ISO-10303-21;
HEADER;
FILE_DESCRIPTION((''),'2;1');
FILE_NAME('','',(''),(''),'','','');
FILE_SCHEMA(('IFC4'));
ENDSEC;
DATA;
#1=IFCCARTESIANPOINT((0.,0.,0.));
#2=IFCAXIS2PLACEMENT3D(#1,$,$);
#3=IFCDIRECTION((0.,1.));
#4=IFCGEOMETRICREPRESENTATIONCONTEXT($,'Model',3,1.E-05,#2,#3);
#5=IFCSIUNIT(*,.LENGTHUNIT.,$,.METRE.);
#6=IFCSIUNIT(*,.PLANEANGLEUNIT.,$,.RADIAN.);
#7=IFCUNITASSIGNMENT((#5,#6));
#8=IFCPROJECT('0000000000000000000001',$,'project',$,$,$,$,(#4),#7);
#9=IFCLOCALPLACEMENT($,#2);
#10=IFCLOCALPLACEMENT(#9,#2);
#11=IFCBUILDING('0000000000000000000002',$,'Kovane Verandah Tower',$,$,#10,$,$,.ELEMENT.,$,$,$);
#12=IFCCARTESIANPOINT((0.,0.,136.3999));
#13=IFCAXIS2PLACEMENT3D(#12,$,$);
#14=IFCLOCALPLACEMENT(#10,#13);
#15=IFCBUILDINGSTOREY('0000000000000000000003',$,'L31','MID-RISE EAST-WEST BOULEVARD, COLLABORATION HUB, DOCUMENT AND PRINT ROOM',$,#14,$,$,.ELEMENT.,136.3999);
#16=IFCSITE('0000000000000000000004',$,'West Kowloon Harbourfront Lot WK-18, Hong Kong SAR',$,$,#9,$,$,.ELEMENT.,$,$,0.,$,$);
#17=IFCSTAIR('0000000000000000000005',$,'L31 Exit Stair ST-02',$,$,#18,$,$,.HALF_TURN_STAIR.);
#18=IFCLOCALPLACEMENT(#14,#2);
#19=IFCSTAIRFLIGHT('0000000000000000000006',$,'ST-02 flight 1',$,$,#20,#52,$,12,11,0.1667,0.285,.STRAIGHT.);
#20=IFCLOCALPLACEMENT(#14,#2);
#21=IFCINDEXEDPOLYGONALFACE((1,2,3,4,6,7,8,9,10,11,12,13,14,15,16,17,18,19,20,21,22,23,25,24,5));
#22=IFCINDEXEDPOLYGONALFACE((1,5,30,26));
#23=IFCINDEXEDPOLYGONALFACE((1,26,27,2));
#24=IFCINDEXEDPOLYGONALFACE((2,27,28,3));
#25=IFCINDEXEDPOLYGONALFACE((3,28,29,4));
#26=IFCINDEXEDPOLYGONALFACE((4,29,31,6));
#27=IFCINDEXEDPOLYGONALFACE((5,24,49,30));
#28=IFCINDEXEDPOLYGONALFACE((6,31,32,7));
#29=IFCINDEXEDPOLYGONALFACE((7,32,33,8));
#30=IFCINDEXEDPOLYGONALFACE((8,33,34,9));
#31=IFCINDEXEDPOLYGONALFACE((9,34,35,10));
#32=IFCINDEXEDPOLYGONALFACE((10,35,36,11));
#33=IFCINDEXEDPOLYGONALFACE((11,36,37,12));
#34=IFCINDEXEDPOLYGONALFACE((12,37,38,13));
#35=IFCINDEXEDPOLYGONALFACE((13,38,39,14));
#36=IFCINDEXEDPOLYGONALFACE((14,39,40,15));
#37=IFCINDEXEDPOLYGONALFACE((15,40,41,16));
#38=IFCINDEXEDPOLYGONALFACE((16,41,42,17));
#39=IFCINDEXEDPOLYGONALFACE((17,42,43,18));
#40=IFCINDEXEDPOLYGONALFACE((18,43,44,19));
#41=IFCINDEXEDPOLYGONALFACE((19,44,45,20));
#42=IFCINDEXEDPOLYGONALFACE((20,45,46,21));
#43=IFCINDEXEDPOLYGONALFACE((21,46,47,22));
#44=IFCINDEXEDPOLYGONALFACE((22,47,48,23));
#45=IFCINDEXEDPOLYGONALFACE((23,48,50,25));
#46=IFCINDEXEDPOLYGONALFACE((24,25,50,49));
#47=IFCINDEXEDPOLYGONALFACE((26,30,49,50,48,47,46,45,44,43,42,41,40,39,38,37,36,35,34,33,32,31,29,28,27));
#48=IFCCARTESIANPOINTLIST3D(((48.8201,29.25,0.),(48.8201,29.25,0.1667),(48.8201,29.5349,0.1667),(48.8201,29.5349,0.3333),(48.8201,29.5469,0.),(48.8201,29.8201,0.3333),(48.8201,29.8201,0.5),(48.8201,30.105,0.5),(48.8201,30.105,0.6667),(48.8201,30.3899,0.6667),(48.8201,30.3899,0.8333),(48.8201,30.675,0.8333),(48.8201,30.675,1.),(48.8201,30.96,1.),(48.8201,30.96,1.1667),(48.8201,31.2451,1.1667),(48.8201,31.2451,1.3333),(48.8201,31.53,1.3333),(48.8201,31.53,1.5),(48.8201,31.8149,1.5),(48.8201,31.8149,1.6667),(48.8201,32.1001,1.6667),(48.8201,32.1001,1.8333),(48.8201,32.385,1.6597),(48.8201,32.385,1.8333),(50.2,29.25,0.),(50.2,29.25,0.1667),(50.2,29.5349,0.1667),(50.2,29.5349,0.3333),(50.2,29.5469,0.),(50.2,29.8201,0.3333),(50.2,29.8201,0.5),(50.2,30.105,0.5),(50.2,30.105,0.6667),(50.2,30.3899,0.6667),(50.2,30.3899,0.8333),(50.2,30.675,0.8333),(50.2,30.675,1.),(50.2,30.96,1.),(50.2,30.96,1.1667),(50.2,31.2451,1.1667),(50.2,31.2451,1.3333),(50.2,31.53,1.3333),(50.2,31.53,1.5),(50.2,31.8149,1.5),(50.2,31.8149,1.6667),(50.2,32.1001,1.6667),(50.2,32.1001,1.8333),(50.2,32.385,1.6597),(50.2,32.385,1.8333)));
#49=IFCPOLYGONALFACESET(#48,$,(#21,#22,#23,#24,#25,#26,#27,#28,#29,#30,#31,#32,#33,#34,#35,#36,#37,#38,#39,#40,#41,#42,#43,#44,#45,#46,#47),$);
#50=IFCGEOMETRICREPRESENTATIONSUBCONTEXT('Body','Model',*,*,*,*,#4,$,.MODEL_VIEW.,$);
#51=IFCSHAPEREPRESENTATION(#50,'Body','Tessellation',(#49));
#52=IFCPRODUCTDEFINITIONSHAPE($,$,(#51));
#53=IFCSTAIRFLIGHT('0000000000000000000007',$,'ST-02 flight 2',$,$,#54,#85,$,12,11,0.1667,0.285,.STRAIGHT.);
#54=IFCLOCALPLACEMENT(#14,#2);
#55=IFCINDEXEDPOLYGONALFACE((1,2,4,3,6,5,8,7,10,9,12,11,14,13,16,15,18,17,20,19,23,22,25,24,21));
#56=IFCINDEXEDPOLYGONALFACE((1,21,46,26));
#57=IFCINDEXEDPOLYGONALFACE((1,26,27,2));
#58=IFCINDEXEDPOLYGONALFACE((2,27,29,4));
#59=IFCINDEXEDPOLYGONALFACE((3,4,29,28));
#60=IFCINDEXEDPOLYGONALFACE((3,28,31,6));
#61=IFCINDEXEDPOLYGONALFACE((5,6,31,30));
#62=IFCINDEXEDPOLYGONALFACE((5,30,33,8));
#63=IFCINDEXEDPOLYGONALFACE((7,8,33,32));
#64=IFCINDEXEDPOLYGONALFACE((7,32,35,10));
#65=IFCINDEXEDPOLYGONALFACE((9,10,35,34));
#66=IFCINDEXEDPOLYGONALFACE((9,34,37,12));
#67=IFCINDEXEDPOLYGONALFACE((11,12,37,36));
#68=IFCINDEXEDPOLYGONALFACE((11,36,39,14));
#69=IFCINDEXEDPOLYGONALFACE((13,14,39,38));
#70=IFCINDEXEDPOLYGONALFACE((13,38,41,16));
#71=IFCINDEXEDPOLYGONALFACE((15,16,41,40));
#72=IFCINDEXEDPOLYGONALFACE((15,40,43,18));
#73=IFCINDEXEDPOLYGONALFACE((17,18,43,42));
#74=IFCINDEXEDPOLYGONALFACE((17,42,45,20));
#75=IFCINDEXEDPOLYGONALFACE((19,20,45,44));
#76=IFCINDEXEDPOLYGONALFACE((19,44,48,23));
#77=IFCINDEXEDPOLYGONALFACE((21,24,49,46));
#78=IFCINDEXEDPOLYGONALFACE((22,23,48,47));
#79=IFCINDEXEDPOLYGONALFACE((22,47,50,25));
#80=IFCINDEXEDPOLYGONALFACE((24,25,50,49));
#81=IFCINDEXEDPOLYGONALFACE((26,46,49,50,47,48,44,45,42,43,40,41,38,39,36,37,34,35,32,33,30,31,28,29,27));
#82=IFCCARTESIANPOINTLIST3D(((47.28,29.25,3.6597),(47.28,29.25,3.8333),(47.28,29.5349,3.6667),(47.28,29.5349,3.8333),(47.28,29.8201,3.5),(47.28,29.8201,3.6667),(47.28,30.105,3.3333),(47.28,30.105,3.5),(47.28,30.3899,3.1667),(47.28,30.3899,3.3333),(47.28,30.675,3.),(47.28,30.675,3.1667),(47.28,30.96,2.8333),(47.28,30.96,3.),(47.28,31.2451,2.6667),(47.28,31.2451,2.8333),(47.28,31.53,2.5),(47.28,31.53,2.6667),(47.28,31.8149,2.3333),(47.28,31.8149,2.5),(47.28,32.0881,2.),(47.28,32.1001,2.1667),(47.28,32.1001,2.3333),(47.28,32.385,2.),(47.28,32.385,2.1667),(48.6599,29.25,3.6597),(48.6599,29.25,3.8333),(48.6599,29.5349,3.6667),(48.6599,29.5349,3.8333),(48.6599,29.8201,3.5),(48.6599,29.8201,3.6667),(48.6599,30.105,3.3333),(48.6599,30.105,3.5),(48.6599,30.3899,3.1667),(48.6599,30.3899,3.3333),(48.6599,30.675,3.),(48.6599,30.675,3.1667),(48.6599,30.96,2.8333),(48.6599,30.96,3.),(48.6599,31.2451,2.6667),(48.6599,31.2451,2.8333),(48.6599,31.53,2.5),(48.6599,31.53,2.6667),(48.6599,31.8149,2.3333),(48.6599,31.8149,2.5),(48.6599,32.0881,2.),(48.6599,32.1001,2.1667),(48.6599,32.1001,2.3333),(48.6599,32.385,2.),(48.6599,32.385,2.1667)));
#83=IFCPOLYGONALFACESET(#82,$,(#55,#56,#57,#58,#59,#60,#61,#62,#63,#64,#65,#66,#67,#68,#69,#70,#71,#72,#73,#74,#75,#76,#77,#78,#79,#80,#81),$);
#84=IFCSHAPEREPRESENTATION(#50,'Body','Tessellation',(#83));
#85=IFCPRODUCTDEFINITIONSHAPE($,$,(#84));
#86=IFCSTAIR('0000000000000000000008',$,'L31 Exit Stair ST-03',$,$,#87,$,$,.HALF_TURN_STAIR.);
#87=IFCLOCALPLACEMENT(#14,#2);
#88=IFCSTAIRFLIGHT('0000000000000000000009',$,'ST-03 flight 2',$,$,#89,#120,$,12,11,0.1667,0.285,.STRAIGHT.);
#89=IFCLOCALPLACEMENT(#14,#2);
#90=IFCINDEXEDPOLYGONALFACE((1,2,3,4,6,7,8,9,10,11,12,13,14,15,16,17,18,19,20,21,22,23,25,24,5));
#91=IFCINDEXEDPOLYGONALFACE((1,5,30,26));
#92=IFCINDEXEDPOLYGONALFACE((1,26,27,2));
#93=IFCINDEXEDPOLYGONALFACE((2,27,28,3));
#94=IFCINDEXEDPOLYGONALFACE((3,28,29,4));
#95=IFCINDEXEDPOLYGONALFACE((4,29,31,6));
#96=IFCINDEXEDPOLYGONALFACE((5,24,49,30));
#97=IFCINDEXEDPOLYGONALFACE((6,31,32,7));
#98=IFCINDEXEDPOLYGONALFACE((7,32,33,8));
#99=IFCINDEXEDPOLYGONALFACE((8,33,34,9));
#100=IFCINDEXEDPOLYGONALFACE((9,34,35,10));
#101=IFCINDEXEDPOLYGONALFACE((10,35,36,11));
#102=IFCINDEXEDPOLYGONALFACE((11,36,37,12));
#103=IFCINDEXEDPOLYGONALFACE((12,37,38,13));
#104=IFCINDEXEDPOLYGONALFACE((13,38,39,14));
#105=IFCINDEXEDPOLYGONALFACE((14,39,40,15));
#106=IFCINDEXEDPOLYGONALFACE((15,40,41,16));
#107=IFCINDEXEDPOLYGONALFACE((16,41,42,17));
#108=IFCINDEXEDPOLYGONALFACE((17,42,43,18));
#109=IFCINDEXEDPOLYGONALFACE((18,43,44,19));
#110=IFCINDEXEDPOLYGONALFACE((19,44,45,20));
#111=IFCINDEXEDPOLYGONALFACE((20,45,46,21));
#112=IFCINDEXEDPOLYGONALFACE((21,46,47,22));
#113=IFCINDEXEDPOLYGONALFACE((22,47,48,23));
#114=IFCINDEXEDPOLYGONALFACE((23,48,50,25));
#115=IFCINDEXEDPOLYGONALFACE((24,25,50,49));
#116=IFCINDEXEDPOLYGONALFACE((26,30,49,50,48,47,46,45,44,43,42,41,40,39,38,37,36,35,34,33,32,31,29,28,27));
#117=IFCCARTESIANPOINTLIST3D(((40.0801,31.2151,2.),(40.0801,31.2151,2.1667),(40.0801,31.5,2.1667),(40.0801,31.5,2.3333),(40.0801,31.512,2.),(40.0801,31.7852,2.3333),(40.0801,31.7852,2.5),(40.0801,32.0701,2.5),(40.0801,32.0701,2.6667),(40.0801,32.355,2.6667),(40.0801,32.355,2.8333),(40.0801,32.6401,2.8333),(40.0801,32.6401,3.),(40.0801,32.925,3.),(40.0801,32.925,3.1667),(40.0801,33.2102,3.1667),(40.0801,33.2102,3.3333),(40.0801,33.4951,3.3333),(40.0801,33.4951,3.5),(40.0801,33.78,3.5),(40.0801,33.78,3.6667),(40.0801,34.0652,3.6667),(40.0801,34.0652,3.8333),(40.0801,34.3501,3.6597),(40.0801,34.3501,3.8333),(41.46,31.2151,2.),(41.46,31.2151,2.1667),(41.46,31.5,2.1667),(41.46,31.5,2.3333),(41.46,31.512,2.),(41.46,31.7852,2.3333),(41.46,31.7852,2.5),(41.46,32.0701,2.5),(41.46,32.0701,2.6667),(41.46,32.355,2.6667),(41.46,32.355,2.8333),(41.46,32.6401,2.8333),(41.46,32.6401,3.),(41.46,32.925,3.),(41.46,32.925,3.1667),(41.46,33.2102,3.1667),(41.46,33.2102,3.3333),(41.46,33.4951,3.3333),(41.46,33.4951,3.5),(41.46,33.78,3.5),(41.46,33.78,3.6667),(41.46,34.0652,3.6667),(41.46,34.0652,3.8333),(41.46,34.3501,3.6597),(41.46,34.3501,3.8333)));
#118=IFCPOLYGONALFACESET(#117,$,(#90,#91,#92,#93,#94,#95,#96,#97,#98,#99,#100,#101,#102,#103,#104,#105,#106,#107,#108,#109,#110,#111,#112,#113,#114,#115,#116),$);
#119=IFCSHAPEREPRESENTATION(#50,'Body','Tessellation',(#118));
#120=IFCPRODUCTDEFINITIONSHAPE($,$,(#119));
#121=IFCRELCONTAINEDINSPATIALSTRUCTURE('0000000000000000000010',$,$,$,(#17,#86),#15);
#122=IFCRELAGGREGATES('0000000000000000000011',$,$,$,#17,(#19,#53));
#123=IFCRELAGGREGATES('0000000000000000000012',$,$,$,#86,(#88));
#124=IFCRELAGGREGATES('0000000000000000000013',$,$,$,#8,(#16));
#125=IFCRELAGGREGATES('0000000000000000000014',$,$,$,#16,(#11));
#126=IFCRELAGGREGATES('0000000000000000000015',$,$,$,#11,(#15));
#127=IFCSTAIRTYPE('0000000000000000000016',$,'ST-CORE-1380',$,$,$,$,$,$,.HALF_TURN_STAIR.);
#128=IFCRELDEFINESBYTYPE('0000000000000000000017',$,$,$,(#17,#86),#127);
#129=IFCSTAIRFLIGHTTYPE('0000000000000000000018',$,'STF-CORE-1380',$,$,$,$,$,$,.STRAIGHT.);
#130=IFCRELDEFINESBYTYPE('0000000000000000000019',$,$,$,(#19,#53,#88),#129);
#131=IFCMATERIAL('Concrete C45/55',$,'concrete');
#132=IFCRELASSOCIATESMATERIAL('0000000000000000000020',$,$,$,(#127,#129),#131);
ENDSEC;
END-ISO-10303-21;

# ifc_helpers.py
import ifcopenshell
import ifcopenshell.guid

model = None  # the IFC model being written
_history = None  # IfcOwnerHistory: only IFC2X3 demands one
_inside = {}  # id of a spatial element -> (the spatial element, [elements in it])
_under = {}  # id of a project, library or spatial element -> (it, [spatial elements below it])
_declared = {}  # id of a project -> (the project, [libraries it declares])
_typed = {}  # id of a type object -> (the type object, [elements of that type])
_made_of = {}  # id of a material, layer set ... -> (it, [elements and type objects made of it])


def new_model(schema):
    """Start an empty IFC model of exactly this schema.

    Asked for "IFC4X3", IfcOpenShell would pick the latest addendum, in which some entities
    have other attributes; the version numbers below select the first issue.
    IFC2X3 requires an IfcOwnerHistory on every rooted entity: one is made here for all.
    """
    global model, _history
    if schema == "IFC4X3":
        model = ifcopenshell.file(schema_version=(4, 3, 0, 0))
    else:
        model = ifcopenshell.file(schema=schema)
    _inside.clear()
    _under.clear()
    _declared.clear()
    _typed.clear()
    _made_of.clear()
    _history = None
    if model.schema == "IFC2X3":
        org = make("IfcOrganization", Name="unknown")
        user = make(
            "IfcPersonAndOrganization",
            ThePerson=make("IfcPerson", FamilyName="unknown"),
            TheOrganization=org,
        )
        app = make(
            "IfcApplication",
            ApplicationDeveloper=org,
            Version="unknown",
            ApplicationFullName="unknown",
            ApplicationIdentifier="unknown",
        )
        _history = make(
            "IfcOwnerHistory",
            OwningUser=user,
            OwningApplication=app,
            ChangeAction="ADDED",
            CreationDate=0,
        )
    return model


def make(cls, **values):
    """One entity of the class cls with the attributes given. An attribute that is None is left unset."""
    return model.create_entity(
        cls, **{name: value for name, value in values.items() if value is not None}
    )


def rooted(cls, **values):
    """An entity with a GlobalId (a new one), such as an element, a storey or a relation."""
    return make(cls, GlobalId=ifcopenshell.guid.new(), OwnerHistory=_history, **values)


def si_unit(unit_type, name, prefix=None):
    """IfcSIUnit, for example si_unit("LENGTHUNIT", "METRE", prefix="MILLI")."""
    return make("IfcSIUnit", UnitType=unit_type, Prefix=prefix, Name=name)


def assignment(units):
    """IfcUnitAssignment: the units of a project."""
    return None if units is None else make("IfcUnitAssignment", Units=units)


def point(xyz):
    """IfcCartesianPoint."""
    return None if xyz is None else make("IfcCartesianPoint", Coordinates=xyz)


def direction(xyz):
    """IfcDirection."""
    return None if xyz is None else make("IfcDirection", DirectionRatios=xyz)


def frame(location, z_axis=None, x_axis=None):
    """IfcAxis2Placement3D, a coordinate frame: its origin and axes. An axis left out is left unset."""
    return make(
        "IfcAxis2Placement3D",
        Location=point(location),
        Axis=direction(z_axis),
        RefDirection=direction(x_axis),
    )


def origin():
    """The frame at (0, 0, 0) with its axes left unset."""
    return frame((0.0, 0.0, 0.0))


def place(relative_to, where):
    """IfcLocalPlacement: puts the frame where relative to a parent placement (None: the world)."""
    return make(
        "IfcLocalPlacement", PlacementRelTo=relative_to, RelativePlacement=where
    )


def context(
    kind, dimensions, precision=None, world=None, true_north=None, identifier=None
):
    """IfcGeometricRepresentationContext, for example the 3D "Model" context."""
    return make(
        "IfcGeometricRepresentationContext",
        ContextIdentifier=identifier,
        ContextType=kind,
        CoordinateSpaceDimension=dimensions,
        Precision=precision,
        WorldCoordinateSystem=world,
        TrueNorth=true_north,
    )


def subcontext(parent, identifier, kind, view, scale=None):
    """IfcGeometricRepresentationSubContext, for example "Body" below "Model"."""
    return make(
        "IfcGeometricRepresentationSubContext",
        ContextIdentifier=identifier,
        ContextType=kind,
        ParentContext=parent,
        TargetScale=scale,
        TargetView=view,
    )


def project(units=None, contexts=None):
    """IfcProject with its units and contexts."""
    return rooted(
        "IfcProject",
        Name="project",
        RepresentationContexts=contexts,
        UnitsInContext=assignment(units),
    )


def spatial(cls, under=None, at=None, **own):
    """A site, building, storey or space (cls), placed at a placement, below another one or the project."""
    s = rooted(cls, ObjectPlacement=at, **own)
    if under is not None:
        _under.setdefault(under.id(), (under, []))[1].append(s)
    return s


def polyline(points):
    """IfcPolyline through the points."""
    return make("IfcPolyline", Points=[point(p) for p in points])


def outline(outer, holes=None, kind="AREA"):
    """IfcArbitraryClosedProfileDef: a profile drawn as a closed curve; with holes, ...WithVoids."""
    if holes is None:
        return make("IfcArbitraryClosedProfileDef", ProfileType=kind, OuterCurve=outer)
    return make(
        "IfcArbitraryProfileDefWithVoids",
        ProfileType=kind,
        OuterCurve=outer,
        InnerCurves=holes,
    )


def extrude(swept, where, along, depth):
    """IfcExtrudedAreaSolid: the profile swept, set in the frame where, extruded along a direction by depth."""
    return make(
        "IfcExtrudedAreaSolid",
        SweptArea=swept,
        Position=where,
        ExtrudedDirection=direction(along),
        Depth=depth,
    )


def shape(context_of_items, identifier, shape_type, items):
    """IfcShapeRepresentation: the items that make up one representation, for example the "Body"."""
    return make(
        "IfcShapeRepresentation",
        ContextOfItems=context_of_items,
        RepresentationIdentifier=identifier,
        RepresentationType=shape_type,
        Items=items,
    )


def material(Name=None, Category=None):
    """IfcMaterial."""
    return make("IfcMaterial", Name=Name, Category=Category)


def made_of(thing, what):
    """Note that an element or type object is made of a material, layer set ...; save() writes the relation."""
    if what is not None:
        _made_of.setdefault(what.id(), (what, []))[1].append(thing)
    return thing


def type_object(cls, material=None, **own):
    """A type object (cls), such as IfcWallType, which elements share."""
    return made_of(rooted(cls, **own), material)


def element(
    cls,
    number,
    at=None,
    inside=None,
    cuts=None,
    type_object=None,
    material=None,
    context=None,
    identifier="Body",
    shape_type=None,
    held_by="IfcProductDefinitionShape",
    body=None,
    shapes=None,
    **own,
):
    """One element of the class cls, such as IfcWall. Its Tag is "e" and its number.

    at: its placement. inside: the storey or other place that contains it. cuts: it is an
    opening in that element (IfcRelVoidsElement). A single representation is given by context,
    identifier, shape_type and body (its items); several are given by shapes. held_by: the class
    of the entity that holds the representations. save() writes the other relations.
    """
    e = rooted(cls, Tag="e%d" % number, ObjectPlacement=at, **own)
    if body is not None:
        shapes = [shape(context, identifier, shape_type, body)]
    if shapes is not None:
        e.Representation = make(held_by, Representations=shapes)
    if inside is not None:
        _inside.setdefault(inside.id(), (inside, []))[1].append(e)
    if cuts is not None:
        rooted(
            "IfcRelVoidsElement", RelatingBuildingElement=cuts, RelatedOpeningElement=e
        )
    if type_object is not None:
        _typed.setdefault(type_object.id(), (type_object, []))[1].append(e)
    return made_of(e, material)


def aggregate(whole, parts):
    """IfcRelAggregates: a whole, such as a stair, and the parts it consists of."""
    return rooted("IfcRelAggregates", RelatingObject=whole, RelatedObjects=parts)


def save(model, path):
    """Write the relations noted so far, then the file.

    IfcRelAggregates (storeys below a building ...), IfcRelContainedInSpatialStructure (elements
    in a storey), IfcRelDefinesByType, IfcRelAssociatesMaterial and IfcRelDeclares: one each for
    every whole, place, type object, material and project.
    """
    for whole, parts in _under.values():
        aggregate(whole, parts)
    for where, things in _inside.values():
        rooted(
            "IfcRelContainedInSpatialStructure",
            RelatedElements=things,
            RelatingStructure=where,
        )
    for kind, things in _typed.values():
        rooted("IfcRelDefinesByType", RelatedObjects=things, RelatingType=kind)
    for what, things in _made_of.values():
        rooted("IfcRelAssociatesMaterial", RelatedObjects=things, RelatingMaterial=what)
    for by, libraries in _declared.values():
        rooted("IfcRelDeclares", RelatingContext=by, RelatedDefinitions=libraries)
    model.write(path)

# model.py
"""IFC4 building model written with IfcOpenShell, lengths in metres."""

from ifc_helpers import new_model, si_unit, direction, frame, origin, place, context, subcontext, project, spatial, polyline, outline, extrude, material, type_object, element, aggregate, save


model = new_model("IFC4")

# Units and contexts
model_context = context("Model", 3, precision=1e-05, world=origin(), true_north=direction((0.0, 1.0)))
body_context = subcontext(model_context, "Body", "Model", "MODEL_VIEW")
ifc_project = project(units=[si_unit("LENGTHUNIT", "METRE"), si_unit("PLANEANGLEUNIT", "RADIAN")], contexts=[model_context])

# Site, building, storey
site_placement = place(None, origin())
site = spatial("IfcSite", under=ifc_project, at=site_placement, Name="West Kowloon Harbourfront Lot WK-18, Hong Kong SAR", CompositionType="ELEMENT", RefElevation=0.0)
building_placement = place(site_placement, origin())
building = spatial("IfcBuilding", under=site, at=building_placement, Name="Kovane Verandah Tower", CompositionType="ELEMENT")
storey_placement = place(building_placement, frame((0.0, 0.0, 136.3999)))
storey = spatial("IfcBuildingStorey", under=building, at=storey_placement, Name="L31", Description="MID-RISE EAST-WEST BOULEVARD, COLLABORATION HUB, DOCUMENT AND PRINT ROOM", CompositionType="ELEMENT", Elevation=136.3999)

# Shared definitions
ifc_material_1 = material(Name="Concrete C45/55", Category="concrete")

# Stair, stair flights
stair_type = type_object("IfcStairType", Name="ST-CORE-1380", PredefinedType="HALF_TURN_STAIR", material=ifc_material_1)
stair_1_placement = place(storey_placement, origin())
stair_1 = element("IfcStair", 1, at=stair_1_placement, inside=storey, type_object=stair_type, Name="L31 Exit Stair ST-02", PredefinedType="HALF_TURN_STAIR")
stair_flight_type = type_object("IfcStairFlightType", Name="STF-CORE-1380", PredefinedType="STRAIGHT", material=ifc_material_1)
stair_flight_1_placement = place(storey_placement, frame((49.51, 29.25, 0.0), z_axis=(0.0, 0.0, 1.0), x_axis=(0.0, 1.0, 0.0)))
stair_flight_1 = element("IfcStairFlight", 2, at=stair_flight_1_placement, type_object=stair_flight_type, Name="ST-02 flight 1", NumberOfRisers=12, NumberOfTreads=11, PredefinedType="STRAIGHT", RiserHeight=0.1667, TreadLength=0.285, context=body_context, shape_type="SweptSolid", body=[
    extrude(outline(polyline([(0.0, 0.0), (0.0, 0.1667), (0.2849, 0.1667), (0.2849, 0.3333), (0.5701, 0.3333), (0.5701, 0.5), (0.855, 0.5), (0.855, 0.6667), (1.1399, 0.6667), (1.1399, 0.8333), (1.425, 0.8333), (1.425, 1.0), (1.71, 1.0), (1.71, 1.1667), (1.9951, 1.1667), (1.9951, 1.3333), (2.28, 1.3333), (2.28, 1.5), (2.5649, 1.5), (2.5649, 1.6667), (2.8501, 1.6667), (2.8501, 1.8333), (3.135, 1.8333), (3.135, 2.0), (3.135, 1.6597), (0.2969, 0.0), (0.0, 0.0)])), frame((0.0, 0.6899, 0.0), z_axis=(0.0, -1.0, 0.0), x_axis=(1.0, 0.0, 0.0)), (0.0, 0.0, 1.0), 1.3799),
])
stair_flight_2_placement = place(storey_placement, frame((47.97, 32.385, 2.0), z_axis=(0.0, 0.0, 1.0), x_axis=(0.0, -1.0, 0.0)))
stair_flight_2 = element("IfcStairFlight", 3, at=stair_flight_2_placement, type_object=stair_flight_type, Name="ST-02 flight 2", NumberOfRisers=12, NumberOfTreads=11, PredefinedType="STRAIGHT", RiserHeight=0.1667, TreadLength=0.285, context=body_context, shape_type="SweptSolid", body=[
    extrude(outline(polyline([(0.0, 0.0), (0.0, 0.1667), (0.2849, 0.1667), (0.2849, 0.3333), (0.5701, 0.3333), (0.5701, 0.5), (0.855, 0.5), (0.855, 0.6667), (1.1399, 0.6667), (1.1399, 0.8333), (1.425, 0.8333), (1.425, 1.0), (1.71, 1.0), (1.71, 1.1667), (1.9951, 1.1667), (1.9951, 1.3333), (2.28, 1.3333), (2.28, 1.5), (2.5649, 1.5), (2.5649, 1.6667), (2.8501, 1.6667), (2.8501, 1.8333), (3.135, 1.8333), (3.135, 2.0), (3.135, 1.6597), (0.2969, 0.0), (0.0, 0.0)])), frame((0.0, 0.6899, 0.0), z_axis=(0.0, -1.0, 0.0), x_axis=(1.0, 0.0, 0.0)), (0.0, 0.0, 1.0), 1.3799),
])
aggregate(stair_1, [stair_flight_1, stair_flight_2])

# Stair, stair flight
stair_2_placement = place(storey_placement, origin())
stair_2 = element("IfcStair", 4, at=stair_2_placement, inside=storey, type_object=stair_type, Name="L31 Exit Stair ST-03", PredefinedType="HALF_TURN_STAIR")
stair_flight_3_placement = place(storey_placement, frame((40.77, 31.2151, 2.0), z_axis=(0.0, 0.0, 1.0), x_axis=(0.0, 1.0, 0.0)))
stair_flight_3 = element("IfcStairFlight", 5, at=stair_flight_3_placement, type_object=stair_flight_type, Name="ST-03 flight 2", NumberOfRisers=12, NumberOfTreads=11, PredefinedType="STRAIGHT", RiserHeight=0.1667, TreadLength=0.285, context=body_context, shape_type="SweptSolid", body=[
    extrude(outline(polyline([(0.0, 0.0), (0.0, 0.1667), (0.2849, 0.1667), (0.2849, 0.3333), (0.5701, 0.3333), (0.5701, 0.5), (0.855, 0.5), (0.855, 0.6667), (1.1399, 0.6667), (1.1399, 0.8333), (1.425, 0.8333), (1.425, 1.0), (1.71, 1.0), (1.71, 1.1667), (1.9951, 1.1667), (1.9951, 1.3333), (2.28, 1.3333), (2.28, 1.5), (2.5649, 1.5), (2.5649, 1.6667), (2.8501, 1.6667), (2.8501, 1.8333), (3.135, 1.8333), (3.135, 2.0), (3.135, 1.6597), (0.2969, 0.0), (0.0, 0.0)])), frame((0.0, 0.6899, 0.0), z_axis=(0.0, -1.0, 0.0), x_axis=(1.0, 0.0, 0.0)), (0.0, 0.0, 1.0), 1.3799),
])
aggregate(stair_2, [stair_flight_3])

save(model, "model.ifc")
